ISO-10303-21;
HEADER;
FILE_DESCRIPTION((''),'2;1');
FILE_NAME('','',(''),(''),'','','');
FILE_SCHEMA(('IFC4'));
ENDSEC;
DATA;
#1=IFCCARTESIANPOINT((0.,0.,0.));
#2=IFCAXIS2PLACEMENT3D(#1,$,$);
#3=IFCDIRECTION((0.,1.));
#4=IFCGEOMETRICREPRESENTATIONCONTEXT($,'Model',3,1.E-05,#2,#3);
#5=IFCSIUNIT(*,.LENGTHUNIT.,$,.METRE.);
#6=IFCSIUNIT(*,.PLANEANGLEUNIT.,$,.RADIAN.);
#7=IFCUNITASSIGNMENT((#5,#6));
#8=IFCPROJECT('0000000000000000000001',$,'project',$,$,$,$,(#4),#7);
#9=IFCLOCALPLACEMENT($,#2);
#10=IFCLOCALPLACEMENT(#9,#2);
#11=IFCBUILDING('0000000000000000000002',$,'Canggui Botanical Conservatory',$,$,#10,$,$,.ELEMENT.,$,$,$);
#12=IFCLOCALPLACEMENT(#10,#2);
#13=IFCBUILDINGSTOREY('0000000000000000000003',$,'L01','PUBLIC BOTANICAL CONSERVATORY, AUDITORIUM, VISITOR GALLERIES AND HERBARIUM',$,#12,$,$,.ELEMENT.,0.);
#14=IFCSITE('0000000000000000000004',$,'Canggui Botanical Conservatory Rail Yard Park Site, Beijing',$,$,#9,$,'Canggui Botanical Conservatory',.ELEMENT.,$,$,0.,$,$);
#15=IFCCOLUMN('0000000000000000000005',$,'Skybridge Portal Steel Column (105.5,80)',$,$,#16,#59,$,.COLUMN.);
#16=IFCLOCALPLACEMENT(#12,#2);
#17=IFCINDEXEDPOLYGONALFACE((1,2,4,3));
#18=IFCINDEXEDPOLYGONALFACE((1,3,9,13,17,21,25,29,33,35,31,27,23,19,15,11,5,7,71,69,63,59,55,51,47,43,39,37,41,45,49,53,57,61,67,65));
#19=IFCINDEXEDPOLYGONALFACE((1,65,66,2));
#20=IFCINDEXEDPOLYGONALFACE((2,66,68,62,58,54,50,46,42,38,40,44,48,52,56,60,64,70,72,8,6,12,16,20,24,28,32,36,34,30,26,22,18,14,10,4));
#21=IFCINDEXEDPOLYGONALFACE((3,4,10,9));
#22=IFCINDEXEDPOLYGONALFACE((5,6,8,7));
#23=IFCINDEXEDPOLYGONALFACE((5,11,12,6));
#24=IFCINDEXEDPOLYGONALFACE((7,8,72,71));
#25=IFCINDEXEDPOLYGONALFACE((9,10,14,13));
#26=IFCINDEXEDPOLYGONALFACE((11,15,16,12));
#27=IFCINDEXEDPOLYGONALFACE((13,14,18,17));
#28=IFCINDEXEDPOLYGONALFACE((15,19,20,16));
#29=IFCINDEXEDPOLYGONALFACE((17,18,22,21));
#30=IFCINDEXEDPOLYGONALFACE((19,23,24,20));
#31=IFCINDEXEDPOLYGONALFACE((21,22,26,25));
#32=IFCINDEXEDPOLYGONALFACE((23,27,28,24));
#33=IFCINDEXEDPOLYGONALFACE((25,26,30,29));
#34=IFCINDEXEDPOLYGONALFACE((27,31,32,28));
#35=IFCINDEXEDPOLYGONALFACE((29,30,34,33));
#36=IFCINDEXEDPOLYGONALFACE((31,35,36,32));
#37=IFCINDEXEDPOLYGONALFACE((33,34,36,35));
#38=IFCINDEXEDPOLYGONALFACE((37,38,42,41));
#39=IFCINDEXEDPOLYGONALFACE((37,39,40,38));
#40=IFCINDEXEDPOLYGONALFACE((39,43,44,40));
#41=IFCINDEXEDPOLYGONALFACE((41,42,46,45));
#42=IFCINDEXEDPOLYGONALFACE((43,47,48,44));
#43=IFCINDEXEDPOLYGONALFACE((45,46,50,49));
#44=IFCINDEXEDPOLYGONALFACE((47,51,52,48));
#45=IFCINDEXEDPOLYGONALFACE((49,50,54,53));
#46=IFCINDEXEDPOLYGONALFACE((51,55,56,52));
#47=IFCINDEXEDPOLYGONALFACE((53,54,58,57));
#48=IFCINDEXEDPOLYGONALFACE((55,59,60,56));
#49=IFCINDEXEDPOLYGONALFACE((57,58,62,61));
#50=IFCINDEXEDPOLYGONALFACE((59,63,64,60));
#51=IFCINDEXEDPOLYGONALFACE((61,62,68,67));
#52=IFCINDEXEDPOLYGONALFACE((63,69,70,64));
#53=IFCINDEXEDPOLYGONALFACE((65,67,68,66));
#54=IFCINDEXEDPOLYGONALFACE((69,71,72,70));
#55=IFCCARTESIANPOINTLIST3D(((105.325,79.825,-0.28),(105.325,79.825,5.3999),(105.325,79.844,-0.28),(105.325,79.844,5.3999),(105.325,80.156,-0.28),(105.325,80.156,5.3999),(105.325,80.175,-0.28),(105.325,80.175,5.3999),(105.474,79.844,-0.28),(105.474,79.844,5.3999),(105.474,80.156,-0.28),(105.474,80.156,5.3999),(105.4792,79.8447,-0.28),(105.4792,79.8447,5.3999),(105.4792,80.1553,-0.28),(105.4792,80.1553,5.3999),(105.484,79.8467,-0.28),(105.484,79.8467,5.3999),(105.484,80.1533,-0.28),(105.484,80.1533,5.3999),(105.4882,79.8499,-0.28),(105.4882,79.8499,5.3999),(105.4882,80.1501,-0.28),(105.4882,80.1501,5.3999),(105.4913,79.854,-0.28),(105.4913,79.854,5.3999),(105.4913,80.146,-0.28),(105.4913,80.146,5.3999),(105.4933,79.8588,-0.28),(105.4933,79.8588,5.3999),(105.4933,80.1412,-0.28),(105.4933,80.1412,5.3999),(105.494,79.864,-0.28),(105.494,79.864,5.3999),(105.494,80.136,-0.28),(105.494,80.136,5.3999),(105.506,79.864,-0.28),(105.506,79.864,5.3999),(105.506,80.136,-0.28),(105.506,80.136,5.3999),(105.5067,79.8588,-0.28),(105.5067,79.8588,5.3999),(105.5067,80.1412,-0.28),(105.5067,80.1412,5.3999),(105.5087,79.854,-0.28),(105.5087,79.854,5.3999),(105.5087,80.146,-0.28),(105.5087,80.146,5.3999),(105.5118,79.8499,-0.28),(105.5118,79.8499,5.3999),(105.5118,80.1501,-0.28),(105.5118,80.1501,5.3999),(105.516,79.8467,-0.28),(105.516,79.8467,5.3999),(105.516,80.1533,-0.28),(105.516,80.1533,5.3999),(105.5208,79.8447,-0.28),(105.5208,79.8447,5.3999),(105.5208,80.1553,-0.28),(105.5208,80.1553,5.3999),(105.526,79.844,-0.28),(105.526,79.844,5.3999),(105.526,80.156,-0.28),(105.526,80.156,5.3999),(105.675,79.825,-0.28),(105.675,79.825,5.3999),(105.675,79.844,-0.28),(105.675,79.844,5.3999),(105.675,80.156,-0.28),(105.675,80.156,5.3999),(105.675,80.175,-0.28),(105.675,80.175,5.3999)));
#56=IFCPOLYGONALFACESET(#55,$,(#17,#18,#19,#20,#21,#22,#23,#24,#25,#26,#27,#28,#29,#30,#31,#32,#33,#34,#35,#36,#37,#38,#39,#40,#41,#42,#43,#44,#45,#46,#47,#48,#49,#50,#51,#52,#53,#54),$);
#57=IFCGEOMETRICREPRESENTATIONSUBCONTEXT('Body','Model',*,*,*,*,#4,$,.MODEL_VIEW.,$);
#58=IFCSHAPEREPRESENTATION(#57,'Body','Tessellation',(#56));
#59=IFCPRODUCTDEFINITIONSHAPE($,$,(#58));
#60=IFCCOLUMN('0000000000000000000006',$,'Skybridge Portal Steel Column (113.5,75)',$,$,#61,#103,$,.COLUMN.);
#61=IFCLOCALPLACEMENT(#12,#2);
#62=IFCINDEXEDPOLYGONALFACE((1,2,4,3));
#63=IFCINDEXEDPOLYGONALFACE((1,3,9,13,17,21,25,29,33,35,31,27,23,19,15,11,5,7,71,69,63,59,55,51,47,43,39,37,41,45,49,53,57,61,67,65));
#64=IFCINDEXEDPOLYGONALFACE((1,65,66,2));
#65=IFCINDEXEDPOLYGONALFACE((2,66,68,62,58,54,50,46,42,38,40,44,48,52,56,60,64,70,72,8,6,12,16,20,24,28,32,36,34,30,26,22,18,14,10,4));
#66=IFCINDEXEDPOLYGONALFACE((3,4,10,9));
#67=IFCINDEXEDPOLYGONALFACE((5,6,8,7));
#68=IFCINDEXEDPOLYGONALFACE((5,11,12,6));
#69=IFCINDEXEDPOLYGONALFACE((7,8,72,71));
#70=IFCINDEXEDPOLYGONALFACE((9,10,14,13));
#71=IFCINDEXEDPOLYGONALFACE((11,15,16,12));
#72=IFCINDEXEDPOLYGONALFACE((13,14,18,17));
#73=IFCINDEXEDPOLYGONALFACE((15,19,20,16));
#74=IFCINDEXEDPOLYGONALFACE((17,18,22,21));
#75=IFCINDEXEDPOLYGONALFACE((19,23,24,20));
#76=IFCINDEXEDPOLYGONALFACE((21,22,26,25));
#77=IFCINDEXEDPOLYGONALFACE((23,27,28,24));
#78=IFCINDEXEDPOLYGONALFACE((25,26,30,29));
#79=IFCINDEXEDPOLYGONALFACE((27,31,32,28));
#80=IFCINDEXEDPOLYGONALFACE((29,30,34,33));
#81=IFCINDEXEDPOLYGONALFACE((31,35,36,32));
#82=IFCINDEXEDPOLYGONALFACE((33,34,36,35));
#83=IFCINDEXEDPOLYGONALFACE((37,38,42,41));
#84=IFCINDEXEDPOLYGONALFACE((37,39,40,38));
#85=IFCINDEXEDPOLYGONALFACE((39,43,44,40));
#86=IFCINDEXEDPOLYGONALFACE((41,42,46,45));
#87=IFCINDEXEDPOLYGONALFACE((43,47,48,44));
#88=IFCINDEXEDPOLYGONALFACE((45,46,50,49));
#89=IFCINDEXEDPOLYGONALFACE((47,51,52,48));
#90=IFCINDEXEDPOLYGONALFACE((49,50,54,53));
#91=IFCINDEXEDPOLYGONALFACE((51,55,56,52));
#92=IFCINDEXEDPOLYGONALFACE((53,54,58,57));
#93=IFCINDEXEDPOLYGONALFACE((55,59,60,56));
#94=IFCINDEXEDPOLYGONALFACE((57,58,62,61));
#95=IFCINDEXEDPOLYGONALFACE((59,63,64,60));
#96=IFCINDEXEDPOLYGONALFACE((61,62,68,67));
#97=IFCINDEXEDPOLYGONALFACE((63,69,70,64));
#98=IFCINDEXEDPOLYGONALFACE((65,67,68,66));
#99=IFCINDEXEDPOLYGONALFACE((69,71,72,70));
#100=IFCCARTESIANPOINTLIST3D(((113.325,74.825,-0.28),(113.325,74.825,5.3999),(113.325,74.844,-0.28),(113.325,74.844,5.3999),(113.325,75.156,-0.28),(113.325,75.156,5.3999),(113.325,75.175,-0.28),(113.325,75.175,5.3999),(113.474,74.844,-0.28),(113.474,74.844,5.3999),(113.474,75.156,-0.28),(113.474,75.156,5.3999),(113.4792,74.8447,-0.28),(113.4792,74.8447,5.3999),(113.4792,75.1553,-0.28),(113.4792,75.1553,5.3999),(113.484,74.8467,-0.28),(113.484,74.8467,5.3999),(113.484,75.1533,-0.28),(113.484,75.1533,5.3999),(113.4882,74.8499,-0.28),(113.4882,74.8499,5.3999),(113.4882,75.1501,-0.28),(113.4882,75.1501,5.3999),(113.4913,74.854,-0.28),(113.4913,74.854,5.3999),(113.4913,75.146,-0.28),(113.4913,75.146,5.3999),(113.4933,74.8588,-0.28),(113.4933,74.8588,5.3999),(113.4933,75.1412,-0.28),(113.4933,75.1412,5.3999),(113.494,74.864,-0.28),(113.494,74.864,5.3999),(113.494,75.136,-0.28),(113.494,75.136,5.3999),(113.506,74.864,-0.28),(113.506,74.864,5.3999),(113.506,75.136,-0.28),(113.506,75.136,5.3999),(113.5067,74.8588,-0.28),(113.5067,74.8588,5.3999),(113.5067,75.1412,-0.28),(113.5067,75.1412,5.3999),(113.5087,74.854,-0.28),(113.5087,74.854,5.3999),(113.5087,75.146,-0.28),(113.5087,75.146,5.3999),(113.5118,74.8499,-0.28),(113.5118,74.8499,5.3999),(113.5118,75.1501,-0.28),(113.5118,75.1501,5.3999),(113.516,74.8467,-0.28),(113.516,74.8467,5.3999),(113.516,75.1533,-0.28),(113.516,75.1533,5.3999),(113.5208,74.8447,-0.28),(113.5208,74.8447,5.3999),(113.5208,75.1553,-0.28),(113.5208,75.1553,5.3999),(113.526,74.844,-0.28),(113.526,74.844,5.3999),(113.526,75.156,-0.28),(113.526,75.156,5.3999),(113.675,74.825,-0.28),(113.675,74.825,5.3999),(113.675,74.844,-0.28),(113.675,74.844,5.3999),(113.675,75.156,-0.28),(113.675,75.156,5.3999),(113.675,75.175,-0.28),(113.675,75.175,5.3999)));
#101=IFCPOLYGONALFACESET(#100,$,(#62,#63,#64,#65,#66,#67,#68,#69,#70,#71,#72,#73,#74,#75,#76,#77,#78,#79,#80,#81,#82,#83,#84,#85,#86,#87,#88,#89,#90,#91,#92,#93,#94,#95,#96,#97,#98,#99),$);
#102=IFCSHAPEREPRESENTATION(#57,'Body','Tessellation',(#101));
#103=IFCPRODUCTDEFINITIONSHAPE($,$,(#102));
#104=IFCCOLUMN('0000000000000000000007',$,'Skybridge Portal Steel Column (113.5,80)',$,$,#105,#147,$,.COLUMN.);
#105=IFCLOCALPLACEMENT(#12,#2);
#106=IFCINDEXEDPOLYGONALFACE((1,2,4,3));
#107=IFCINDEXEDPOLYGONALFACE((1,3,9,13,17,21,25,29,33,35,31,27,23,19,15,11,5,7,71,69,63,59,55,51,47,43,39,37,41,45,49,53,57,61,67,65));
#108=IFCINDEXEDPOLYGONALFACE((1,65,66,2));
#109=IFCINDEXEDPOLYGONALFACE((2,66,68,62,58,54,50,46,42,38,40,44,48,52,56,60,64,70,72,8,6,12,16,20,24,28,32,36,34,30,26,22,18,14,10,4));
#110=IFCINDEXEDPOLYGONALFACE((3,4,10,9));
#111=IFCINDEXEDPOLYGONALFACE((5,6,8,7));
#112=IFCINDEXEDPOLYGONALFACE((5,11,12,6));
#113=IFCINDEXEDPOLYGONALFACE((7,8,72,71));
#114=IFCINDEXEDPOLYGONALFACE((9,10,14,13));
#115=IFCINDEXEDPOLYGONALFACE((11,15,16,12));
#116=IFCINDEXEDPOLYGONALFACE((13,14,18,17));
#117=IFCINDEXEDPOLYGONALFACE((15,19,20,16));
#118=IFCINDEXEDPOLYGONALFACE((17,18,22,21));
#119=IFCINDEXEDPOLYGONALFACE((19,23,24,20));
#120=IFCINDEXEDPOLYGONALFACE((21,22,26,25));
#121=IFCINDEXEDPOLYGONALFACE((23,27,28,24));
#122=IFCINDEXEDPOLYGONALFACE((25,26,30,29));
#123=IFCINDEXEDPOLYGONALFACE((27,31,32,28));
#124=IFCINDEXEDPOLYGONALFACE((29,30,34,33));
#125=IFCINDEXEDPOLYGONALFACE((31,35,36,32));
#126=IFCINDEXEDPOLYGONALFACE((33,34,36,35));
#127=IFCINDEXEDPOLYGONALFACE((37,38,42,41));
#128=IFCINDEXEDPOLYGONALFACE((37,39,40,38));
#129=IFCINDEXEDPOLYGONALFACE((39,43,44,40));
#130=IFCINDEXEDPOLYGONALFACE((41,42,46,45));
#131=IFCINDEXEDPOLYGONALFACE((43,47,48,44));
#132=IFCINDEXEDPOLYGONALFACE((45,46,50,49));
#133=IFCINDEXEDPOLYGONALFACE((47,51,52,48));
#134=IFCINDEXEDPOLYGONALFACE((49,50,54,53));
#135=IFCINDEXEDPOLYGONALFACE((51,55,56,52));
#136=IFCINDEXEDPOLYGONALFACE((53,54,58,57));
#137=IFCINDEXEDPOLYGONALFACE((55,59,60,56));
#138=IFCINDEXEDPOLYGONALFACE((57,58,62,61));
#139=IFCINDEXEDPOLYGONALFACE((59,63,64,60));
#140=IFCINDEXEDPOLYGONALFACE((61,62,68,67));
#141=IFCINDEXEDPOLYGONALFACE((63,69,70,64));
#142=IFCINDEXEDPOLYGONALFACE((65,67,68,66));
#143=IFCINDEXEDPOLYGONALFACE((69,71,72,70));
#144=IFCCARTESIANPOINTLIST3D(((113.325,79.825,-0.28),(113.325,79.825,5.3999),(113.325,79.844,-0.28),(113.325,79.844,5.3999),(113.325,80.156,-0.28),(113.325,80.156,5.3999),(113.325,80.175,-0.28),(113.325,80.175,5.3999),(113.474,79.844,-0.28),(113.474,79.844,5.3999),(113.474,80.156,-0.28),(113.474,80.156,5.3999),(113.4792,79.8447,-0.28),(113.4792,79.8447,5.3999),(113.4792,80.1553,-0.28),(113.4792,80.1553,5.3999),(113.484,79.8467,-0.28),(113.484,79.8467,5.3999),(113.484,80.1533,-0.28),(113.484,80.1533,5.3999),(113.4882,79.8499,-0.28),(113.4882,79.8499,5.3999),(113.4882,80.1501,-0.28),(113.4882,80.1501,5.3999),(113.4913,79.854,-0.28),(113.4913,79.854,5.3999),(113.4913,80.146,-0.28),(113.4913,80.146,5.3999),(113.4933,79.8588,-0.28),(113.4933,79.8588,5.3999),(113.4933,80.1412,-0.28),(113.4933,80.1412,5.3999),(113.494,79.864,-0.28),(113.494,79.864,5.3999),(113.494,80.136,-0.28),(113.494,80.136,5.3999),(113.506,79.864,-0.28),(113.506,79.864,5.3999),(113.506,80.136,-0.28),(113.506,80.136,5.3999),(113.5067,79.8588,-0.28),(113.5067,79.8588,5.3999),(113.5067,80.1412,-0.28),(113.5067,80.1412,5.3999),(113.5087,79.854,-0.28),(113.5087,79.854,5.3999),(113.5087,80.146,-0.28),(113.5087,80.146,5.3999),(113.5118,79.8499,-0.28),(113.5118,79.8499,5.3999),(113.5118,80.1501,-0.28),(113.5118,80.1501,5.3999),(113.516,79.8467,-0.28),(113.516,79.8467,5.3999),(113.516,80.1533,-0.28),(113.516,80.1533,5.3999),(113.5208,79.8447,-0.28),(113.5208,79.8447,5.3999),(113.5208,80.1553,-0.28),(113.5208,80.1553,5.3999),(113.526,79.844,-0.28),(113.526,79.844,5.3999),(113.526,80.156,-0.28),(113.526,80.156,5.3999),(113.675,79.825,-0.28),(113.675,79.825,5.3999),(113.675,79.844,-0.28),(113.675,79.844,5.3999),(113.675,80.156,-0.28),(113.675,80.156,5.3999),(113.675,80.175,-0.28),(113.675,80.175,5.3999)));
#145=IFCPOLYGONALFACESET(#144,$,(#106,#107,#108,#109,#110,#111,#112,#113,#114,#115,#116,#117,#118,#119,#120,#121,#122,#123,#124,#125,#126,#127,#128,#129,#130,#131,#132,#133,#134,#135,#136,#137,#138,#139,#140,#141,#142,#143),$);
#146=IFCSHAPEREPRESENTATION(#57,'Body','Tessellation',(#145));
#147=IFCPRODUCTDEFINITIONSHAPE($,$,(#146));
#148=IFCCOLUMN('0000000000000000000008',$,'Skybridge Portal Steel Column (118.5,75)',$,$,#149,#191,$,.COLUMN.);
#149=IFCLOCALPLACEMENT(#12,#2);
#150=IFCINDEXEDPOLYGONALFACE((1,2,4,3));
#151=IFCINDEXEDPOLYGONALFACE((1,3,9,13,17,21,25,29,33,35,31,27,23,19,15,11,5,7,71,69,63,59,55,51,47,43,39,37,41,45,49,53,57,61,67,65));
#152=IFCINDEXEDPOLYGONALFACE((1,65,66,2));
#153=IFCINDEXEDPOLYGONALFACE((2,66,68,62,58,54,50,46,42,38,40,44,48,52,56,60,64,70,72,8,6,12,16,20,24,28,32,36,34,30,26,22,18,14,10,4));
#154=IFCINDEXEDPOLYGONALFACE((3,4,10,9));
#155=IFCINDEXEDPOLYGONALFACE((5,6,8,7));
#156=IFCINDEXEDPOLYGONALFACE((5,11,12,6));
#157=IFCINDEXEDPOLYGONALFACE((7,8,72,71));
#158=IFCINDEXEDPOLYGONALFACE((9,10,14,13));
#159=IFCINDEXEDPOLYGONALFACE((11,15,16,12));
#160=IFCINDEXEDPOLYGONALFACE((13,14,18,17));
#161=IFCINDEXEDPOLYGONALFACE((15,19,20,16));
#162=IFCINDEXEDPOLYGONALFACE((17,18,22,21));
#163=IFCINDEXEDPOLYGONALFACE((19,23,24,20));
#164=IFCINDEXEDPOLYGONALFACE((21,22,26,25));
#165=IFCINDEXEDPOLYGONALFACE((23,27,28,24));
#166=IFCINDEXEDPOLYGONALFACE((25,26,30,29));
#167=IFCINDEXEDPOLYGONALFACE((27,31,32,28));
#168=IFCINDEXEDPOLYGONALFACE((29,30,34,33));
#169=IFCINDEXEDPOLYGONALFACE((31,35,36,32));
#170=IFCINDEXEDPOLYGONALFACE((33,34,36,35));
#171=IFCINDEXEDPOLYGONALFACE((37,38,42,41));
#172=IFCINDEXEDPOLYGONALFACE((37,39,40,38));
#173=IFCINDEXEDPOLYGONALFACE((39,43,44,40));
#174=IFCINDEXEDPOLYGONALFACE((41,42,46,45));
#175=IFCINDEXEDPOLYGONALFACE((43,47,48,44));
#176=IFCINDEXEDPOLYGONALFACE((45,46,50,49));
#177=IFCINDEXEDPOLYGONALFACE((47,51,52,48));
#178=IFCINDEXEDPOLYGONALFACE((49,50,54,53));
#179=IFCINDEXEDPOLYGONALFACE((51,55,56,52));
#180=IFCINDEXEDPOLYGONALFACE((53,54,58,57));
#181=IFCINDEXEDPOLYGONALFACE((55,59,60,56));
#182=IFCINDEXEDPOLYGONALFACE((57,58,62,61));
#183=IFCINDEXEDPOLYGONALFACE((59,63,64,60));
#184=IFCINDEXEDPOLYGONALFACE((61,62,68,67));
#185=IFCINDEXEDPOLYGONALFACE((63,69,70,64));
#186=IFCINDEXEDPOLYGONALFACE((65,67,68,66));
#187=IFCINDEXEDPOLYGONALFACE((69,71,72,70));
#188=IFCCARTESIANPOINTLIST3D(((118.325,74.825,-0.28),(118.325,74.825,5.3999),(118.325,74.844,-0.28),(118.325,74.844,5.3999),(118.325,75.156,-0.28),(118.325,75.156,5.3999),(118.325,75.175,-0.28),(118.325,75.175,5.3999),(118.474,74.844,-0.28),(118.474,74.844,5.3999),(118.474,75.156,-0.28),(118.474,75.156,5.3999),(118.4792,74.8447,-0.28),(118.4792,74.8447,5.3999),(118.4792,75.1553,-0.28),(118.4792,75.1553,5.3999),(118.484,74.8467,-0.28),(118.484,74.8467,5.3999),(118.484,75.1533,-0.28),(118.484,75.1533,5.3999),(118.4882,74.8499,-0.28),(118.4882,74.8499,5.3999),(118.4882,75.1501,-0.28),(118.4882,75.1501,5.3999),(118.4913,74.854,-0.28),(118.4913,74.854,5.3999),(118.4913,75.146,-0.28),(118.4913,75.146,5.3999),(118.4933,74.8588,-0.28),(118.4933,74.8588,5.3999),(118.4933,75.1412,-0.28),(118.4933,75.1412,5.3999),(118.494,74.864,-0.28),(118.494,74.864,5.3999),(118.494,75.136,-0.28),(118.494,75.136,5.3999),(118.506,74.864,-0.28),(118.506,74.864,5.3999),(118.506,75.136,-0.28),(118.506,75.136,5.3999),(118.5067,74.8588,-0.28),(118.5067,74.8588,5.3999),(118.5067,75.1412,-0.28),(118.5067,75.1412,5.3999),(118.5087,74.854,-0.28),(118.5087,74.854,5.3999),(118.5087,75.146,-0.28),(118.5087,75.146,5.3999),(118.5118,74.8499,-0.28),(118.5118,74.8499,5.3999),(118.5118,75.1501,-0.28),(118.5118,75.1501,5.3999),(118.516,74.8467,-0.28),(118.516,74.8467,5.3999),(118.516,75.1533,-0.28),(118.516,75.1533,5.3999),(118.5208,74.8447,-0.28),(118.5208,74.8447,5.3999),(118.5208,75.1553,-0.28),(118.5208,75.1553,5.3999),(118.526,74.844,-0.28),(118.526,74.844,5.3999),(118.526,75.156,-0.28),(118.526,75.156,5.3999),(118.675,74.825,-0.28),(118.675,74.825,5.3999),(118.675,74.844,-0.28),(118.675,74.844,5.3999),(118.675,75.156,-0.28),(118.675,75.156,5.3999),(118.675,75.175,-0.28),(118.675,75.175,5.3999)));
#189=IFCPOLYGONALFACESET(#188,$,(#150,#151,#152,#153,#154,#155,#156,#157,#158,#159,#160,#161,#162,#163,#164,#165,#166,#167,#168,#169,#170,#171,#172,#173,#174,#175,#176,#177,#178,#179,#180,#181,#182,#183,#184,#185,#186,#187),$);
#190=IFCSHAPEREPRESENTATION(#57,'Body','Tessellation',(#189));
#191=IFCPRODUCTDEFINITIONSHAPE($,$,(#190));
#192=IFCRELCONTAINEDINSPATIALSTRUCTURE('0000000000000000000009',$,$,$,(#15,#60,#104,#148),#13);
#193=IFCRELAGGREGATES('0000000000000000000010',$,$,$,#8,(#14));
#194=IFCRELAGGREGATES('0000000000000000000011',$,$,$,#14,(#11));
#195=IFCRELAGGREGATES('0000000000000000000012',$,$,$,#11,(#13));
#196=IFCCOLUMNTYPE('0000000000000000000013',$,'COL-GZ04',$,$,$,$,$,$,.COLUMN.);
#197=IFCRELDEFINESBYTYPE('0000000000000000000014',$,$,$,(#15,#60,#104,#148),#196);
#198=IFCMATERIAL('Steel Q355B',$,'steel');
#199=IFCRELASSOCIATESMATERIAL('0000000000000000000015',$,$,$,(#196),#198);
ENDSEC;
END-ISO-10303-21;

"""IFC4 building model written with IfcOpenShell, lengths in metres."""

from ifc_helpers import new_model, si_unit, direction, frame, origin, origin_2d, place, context, subcontext, project, spatial, i_section, extrude, material, material_profile, profile_set, type_object, element, save


model = new_model("IFC4")

# Units and contexts
model_context = context("Model", 3, precision=1e-05, world=origin(), true_north=direction((0.0, 1.0)))
body_context = subcontext(model_context, "Body", "Model", "MODEL_VIEW")
ifc_project = project(units=[si_unit("LENGTHUNIT", "METRE"), si_unit("PLANEANGLEUNIT", "RADIAN")], contexts=[model_context])

# Site, building, storey
site_placement = place(None, origin())
site = spatial("IfcSite", under=ifc_project, at=site_placement, Name="Canggui Botanical Conservatory Rail Yard Park Site, Beijing", LongName="Canggui Botanical Conservatory", CompositionType="ELEMENT", RefElevation=0.0)
building_placement = place(site_placement, origin())
building = spatial("IfcBuilding", under=site, at=building_placement, Name="Canggui Botanical Conservatory", CompositionType="ELEMENT")
storey_placement = place(building_placement, origin())
storey = spatial("IfcBuildingStorey", under=building, at=storey_placement, Name="L01", Description="PUBLIC BOTANICAL CONSERVATORY, AUDITORIUM, VISITOR GALLERIES AND HERBARIUM", CompositionType="ELEMENT", Elevation=0.0)

# Columns
ifc_material_1 = material(Name="Steel Q355B", Category="steel")
ifc_material_profile_1 = material_profile(ifc_material_1, i_section(OverallWidth=0.3501, OverallDepth=0.3501, WebThickness=0.012, FlangeThickness=0.019, FilletRadius=0.02, at=origin_2d()), Name="HW 350x350x12x19")
ifc_profile_set_1 = profile_set([ifc_material_profile_1], Name="Steel Q355B")
column_type_1 = type_object("IfcColumnType", Name="COL-GZ04", PredefinedType="COLUMN", material=ifc_profile_set_1)
for number, where, z_axis, x_axis, name in (
    (1, (105.5, 80.0, -0.28), (0.0, 0.0, 1.0), (1.0, 0.0, 0.0), "Skybridge Portal Steel Column (105.5,80)"),
    (2, (113.5, 75.0, -0.28), (0.0, 0.0, 1.0), (1.0, 0.0, 0.0), "Skybridge Portal Steel Column (113.5,75)"),
    (3, (113.5, 80.0, -0.28), (0.0, 0.0, 1.0), (1.0, 0.0, 0.0), "Skybridge Portal Steel Column (113.5,80)"),
    (4, (118.5, 75.0, -0.28), (0.0, 0.0, 1.0), (1.0, 0.0, 0.0), "Skybridge Portal Steel Column (118.5,75)"),
):
    element("IfcColumn", number, at=place(storey_placement, frame(where, z_axis=z_axis, x_axis=x_axis)), inside=storey, type_object=column_type_1, Name=name, PredefinedType="COLUMN", context=body_context, shape_type="SweptSolid", body=[
        extrude(i_section(OverallWidth=0.3501, OverallDepth=0.3501, WebThickness=0.012, FlangeThickness=0.019, FilletRadius=0.02, at=origin_2d()), origin(), (0.0, 0.0, 1.0), 5.6799),
    ])

save(model, "model.ifc")
